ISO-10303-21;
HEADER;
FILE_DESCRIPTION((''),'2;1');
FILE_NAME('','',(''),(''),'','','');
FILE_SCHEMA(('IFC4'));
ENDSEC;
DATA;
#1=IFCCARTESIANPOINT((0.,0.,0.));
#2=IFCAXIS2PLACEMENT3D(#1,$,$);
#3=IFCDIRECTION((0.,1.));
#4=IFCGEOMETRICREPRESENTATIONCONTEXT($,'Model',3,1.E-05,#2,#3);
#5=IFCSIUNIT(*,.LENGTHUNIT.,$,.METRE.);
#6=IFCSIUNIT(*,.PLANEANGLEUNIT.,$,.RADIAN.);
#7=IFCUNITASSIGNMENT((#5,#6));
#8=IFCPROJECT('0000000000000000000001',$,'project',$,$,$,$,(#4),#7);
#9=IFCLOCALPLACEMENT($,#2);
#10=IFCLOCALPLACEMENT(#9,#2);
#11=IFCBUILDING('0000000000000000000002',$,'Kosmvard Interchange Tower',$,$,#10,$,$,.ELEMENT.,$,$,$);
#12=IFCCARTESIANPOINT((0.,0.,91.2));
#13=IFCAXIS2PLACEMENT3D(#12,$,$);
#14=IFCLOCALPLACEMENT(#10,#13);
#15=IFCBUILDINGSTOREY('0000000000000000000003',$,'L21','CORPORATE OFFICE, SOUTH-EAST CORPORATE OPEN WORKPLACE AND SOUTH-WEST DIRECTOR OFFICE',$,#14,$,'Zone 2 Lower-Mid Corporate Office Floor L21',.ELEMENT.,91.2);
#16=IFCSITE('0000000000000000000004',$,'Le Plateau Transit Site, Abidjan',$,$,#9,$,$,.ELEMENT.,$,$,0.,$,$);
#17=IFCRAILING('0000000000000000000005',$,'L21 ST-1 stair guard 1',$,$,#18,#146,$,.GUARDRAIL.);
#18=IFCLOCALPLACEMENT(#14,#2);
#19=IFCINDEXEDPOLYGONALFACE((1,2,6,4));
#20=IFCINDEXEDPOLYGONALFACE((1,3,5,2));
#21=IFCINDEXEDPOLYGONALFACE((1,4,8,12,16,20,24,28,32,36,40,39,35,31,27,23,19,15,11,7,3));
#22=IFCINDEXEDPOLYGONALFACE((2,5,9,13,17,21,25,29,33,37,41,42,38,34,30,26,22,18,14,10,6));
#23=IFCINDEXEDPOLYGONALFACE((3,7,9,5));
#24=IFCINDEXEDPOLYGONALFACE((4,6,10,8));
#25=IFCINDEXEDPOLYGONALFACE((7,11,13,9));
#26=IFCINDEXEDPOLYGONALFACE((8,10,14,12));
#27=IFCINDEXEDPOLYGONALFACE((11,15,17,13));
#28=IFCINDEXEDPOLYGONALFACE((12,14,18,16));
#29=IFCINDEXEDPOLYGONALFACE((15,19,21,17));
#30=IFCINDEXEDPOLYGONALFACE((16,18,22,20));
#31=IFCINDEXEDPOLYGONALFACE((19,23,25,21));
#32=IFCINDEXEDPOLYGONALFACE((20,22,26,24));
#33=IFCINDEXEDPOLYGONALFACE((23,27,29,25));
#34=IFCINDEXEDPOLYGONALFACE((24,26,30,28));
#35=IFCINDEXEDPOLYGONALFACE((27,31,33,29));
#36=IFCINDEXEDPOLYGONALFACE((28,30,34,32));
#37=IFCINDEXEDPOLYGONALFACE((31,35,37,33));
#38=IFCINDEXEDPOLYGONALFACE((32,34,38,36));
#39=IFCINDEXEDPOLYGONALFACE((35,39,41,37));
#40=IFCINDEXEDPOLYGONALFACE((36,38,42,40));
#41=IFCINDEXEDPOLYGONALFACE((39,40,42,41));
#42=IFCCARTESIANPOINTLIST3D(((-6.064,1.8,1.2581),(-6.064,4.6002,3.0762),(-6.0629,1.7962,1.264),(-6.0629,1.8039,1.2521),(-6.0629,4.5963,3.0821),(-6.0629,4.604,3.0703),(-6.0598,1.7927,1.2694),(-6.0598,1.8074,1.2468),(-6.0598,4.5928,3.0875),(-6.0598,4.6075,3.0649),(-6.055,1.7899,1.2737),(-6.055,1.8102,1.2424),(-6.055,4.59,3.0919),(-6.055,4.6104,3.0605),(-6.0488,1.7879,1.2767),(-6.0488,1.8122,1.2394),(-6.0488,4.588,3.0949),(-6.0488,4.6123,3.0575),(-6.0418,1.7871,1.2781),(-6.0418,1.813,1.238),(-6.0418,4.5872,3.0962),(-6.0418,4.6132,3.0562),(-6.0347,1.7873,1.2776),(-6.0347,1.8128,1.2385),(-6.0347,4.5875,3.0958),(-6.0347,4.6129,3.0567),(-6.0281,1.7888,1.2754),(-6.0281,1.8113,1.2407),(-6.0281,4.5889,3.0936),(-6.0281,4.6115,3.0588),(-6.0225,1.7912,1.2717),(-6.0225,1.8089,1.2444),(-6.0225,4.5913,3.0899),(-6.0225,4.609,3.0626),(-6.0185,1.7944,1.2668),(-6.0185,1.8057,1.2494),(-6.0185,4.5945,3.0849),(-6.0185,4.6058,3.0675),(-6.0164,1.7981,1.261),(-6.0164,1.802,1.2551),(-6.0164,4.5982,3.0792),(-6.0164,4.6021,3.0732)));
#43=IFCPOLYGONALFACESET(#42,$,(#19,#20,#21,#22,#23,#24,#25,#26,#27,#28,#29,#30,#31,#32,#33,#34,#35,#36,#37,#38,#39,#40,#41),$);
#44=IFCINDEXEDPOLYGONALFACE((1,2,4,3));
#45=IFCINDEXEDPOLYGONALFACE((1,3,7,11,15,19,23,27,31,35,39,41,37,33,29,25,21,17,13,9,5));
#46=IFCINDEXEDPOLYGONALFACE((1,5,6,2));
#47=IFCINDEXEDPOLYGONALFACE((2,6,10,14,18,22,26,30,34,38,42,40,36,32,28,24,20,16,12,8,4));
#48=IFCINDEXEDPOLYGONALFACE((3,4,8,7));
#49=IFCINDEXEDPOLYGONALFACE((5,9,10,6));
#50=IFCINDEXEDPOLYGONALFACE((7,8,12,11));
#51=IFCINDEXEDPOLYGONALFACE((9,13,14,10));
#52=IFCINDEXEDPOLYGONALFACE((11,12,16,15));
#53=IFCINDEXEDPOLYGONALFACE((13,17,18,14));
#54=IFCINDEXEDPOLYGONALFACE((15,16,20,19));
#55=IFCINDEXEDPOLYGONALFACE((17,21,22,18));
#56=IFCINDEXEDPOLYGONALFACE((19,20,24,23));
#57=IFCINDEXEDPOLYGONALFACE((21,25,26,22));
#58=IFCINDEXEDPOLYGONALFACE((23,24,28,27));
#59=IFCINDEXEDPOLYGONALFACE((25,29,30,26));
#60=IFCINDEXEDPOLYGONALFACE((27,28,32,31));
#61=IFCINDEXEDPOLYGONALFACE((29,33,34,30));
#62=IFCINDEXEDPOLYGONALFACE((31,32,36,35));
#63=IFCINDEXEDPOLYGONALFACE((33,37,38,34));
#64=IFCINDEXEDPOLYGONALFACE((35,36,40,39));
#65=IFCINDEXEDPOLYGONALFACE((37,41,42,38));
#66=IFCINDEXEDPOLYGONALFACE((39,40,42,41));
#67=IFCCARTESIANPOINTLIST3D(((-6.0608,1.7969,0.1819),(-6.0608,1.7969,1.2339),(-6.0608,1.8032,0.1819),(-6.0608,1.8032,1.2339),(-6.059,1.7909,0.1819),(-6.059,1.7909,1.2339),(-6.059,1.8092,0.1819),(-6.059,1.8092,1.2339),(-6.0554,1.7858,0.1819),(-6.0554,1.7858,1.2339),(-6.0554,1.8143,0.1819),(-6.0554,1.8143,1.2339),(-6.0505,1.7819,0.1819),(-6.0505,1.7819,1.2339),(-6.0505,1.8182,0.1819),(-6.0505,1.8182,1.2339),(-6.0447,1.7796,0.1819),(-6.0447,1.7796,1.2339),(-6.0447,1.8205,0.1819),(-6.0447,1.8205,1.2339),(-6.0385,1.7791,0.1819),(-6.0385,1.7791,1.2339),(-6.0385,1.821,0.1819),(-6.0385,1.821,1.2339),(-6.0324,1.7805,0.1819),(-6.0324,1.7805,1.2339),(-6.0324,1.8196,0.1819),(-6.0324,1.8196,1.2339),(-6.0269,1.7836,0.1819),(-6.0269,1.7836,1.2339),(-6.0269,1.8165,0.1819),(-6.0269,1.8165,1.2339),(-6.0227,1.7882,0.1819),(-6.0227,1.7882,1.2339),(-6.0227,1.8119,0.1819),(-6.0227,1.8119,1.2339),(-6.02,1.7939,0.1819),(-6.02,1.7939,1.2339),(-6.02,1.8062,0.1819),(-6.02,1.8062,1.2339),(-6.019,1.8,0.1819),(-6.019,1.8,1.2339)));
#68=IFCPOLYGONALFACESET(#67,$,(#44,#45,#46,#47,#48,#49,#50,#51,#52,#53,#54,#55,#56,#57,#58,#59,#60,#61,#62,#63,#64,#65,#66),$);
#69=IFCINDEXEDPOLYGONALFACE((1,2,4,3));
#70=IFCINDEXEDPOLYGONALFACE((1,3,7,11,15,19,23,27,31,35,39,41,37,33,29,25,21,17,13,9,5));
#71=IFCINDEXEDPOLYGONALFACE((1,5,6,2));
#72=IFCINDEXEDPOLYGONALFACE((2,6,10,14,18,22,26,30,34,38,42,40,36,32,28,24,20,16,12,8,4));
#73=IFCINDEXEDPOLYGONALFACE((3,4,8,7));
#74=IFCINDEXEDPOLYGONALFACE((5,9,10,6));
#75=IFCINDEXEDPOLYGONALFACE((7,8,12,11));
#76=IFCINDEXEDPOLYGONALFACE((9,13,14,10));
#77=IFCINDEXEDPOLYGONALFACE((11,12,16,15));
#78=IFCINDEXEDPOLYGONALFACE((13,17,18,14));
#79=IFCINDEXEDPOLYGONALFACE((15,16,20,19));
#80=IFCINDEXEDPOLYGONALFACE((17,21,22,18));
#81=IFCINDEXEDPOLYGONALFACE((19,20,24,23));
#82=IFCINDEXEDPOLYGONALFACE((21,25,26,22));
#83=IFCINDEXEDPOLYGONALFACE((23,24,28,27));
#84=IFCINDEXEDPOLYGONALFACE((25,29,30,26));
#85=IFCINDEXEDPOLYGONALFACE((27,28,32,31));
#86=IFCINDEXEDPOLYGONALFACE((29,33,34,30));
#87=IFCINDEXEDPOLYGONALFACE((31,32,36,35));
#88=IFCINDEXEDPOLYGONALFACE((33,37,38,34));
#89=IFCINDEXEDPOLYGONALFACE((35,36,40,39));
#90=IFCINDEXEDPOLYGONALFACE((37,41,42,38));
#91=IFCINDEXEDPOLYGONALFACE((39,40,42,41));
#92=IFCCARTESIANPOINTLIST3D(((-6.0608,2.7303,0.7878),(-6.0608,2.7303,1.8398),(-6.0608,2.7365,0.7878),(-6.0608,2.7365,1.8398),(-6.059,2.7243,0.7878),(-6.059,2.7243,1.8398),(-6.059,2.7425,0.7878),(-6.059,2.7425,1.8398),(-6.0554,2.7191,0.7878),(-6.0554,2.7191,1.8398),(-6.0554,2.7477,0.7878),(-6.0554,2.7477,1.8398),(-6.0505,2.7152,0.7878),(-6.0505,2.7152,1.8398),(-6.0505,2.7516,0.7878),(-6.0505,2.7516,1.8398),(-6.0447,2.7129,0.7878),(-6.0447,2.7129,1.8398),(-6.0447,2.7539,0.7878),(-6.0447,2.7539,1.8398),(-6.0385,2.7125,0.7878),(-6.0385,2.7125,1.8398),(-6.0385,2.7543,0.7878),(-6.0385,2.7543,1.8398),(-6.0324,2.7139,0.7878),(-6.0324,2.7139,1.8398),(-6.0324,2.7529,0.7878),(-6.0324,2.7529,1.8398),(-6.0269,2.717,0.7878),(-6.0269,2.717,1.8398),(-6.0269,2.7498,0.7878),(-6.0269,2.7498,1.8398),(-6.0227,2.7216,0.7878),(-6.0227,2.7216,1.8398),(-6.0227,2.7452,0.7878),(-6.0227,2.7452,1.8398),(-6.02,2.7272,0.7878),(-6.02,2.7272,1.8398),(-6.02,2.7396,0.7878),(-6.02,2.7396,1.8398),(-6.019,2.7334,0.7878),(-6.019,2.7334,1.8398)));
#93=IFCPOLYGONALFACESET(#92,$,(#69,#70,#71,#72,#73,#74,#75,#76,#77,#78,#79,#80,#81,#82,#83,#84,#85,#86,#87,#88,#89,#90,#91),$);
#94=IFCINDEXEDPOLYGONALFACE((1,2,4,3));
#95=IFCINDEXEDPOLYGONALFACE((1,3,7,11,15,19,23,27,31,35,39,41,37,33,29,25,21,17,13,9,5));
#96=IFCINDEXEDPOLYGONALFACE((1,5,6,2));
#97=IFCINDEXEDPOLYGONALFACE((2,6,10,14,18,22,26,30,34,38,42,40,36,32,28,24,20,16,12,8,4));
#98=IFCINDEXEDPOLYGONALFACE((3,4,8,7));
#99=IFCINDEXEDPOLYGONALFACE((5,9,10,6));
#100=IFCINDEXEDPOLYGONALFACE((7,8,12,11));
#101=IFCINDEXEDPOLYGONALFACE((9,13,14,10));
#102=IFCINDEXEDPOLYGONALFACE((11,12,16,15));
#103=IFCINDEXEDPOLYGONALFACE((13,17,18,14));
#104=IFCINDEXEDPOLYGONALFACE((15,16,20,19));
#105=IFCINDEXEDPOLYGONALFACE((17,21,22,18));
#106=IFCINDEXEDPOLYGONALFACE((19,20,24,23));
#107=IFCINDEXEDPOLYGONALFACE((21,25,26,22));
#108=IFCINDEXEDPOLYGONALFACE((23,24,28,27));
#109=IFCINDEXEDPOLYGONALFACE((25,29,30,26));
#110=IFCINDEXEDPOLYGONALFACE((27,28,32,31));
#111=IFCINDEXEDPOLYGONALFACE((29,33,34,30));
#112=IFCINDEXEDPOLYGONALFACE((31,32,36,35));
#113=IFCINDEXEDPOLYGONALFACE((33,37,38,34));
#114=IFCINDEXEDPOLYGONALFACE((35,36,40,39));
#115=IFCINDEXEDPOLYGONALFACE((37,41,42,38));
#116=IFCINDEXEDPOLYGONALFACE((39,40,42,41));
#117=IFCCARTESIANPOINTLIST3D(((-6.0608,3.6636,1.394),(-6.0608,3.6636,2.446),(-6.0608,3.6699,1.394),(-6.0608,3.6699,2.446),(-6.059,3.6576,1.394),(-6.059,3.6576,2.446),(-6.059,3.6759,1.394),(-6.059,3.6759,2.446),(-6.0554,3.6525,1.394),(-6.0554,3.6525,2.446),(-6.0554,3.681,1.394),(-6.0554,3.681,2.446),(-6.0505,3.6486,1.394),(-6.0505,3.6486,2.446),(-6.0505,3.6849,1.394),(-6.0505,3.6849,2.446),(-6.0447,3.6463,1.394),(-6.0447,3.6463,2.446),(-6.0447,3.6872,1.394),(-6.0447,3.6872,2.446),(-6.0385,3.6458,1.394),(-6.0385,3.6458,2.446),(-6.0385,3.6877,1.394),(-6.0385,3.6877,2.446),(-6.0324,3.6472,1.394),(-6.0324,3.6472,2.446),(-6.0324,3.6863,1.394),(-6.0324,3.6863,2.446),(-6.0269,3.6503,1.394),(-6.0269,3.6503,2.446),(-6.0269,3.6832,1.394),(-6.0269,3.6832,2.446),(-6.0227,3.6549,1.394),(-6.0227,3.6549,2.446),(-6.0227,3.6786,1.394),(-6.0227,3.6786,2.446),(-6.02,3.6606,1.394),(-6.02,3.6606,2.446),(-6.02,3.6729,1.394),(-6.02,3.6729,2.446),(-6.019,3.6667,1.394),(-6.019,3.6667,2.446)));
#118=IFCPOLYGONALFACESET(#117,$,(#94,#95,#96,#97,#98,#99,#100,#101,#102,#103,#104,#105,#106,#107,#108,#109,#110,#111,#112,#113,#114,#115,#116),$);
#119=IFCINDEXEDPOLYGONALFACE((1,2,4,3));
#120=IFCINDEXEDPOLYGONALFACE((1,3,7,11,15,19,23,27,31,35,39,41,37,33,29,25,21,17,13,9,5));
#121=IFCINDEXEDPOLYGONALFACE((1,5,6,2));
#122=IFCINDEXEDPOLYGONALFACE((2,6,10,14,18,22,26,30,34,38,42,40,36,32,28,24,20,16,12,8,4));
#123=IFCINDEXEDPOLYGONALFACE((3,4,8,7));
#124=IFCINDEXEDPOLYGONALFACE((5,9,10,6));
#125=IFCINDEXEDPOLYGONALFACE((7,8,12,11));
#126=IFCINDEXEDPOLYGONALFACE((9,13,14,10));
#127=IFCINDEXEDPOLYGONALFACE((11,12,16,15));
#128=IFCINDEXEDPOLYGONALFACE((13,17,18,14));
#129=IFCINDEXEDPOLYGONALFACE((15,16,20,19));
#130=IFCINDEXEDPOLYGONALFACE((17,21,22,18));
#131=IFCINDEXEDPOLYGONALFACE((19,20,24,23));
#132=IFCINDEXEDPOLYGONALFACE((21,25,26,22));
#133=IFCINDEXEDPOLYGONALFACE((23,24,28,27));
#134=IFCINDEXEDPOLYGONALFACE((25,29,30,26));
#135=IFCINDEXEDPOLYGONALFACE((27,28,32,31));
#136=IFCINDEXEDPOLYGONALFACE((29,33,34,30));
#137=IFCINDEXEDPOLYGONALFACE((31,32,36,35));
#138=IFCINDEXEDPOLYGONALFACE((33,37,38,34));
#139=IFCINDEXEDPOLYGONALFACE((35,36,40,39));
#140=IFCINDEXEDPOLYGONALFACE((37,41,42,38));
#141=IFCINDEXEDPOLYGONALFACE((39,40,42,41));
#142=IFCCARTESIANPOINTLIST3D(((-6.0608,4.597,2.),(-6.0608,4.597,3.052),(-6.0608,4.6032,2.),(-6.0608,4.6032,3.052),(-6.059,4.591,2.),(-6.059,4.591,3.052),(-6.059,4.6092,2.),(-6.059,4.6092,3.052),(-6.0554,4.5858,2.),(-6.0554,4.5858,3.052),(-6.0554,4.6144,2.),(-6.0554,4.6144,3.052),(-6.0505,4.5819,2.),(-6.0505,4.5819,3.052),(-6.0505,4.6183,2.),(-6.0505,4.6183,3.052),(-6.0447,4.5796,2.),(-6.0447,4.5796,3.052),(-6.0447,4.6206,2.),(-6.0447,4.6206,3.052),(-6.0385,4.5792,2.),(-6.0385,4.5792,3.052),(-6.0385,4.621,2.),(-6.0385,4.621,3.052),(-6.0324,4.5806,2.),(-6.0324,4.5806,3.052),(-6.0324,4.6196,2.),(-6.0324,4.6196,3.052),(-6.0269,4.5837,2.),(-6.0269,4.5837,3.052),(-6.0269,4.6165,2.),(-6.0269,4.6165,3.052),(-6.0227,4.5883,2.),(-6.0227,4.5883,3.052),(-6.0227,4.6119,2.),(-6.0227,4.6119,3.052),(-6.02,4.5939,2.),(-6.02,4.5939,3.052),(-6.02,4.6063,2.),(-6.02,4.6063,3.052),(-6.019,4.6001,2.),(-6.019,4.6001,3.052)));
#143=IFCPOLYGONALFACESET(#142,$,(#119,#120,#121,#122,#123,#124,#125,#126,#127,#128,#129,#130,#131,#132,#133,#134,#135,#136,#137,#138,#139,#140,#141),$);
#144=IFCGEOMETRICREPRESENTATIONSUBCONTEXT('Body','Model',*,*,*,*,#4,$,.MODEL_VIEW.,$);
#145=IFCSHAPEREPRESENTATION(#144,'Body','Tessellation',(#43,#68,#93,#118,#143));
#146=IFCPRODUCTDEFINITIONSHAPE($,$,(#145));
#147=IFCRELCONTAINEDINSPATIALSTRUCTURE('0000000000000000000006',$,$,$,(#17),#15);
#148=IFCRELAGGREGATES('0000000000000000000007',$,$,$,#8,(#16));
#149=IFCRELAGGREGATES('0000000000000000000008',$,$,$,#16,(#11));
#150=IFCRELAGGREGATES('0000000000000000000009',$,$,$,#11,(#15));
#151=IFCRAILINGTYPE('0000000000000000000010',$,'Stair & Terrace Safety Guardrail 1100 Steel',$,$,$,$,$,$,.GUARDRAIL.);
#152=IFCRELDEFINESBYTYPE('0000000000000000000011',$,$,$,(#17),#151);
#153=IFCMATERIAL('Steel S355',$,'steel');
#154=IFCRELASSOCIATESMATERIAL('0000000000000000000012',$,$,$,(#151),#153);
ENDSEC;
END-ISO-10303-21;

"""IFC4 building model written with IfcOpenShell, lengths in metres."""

from ifc_helpers import new_model, si_unit, direction, frame, origin, origin_2d, place, context, subcontext, project, spatial, circle, extrude, source, transform, mapped, material, type_object, element, save


model = new_model("IFC4")

# Units and contexts
model_context = context("Model", 3, precision=1e-05, world=origin(), true_north=direction((0.0, 1.0)))
body_context = subcontext(model_context, "Body", "Model", "MODEL_VIEW")
ifc_project = project(units=[si_unit("LENGTHUNIT", "METRE"), si_unit("PLANEANGLEUNIT", "RADIAN")], contexts=[model_context])

# Site, building, storey
site_placement = place(None, origin())
site = spatial("IfcSite", under=ifc_project, at=site_placement, Name="Le Plateau Transit Site, Abidjan", CompositionType="ELEMENT", RefElevation=0.0)
building_placement = place(site_placement, origin())
building = spatial("IfcBuilding", under=site, at=building_placement, Name="Kosmvard Interchange Tower", CompositionType="ELEMENT")
storey_placement = place(building_placement, frame((0.0, 0.0, 91.2)))
storey = spatial("IfcBuildingStorey", under=building, at=storey_placement, Name="L21", Description="CORPORATE OFFICE, SOUTH-EAST CORPORATE OPEN WORKPLACE AND SOUTH-WEST DIRECTOR OFFICE", LongName="Zone 2 Lower-Mid Corporate Office Floor L21", CompositionType="ELEMENT", Elevation=91.2)

# Shared definitions
ifc_material_1 = material(Name="Steel S355", Category="steel")

# Railing
railing_type_1 = type_object("IfcRailingType", Name="Stair & Terrace Safety Guardrail 1100 Steel", PredefinedType="GUARDRAIL", material=ifc_material_1)
shared_shape_1 = source(origin(), body_context, "Body", "SweptSolid", [
    extrude(circle(Radius=0.0239, at=origin_2d()), frame((0.0, 0.0, 1.0762), z_axis=(0.0, 0.838706, 0.544585), x_axis=(-1.0, 0.0, 0.0)), (0.0, 0.0, 1.0), 3.3386),
    extrude(circle(Radius=0.021, at=origin_2d()), origin(), (0.0, 0.0, 1.0), 1.052),
    extrude(circle(Radius=0.021, at=origin_2d()), frame((0.0, 0.9333, 0.606)), (0.0, 0.0, 1.0), 1.052),
    extrude(circle(Radius=0.021, at=origin_2d()), frame((0.0, 1.8667, 1.2122)), (0.0, 0.0, 1.0), 1.052),
    extrude(circle(Radius=0.021, at=origin_2d()), frame((0.0, 2.8, 1.8181)), (0.0, 0.0, 1.0), 1.052),
])
railing_1_placement = place(storey_placement, frame((-6.04, 1.8, 0.1819)))
element("IfcRailing", 1, at=railing_1_placement, inside=storey, type_object=railing_type_1, Name="L21 ST-1 stair guard 1", PredefinedType="GUARDRAIL", context=body_context, shape_type="MappedRepresentation", body=[
    mapped(shared_shape_1, transform((0.0, 0.0, 0.0), scale=1.0)),
])

save(model, "model.ifc")
